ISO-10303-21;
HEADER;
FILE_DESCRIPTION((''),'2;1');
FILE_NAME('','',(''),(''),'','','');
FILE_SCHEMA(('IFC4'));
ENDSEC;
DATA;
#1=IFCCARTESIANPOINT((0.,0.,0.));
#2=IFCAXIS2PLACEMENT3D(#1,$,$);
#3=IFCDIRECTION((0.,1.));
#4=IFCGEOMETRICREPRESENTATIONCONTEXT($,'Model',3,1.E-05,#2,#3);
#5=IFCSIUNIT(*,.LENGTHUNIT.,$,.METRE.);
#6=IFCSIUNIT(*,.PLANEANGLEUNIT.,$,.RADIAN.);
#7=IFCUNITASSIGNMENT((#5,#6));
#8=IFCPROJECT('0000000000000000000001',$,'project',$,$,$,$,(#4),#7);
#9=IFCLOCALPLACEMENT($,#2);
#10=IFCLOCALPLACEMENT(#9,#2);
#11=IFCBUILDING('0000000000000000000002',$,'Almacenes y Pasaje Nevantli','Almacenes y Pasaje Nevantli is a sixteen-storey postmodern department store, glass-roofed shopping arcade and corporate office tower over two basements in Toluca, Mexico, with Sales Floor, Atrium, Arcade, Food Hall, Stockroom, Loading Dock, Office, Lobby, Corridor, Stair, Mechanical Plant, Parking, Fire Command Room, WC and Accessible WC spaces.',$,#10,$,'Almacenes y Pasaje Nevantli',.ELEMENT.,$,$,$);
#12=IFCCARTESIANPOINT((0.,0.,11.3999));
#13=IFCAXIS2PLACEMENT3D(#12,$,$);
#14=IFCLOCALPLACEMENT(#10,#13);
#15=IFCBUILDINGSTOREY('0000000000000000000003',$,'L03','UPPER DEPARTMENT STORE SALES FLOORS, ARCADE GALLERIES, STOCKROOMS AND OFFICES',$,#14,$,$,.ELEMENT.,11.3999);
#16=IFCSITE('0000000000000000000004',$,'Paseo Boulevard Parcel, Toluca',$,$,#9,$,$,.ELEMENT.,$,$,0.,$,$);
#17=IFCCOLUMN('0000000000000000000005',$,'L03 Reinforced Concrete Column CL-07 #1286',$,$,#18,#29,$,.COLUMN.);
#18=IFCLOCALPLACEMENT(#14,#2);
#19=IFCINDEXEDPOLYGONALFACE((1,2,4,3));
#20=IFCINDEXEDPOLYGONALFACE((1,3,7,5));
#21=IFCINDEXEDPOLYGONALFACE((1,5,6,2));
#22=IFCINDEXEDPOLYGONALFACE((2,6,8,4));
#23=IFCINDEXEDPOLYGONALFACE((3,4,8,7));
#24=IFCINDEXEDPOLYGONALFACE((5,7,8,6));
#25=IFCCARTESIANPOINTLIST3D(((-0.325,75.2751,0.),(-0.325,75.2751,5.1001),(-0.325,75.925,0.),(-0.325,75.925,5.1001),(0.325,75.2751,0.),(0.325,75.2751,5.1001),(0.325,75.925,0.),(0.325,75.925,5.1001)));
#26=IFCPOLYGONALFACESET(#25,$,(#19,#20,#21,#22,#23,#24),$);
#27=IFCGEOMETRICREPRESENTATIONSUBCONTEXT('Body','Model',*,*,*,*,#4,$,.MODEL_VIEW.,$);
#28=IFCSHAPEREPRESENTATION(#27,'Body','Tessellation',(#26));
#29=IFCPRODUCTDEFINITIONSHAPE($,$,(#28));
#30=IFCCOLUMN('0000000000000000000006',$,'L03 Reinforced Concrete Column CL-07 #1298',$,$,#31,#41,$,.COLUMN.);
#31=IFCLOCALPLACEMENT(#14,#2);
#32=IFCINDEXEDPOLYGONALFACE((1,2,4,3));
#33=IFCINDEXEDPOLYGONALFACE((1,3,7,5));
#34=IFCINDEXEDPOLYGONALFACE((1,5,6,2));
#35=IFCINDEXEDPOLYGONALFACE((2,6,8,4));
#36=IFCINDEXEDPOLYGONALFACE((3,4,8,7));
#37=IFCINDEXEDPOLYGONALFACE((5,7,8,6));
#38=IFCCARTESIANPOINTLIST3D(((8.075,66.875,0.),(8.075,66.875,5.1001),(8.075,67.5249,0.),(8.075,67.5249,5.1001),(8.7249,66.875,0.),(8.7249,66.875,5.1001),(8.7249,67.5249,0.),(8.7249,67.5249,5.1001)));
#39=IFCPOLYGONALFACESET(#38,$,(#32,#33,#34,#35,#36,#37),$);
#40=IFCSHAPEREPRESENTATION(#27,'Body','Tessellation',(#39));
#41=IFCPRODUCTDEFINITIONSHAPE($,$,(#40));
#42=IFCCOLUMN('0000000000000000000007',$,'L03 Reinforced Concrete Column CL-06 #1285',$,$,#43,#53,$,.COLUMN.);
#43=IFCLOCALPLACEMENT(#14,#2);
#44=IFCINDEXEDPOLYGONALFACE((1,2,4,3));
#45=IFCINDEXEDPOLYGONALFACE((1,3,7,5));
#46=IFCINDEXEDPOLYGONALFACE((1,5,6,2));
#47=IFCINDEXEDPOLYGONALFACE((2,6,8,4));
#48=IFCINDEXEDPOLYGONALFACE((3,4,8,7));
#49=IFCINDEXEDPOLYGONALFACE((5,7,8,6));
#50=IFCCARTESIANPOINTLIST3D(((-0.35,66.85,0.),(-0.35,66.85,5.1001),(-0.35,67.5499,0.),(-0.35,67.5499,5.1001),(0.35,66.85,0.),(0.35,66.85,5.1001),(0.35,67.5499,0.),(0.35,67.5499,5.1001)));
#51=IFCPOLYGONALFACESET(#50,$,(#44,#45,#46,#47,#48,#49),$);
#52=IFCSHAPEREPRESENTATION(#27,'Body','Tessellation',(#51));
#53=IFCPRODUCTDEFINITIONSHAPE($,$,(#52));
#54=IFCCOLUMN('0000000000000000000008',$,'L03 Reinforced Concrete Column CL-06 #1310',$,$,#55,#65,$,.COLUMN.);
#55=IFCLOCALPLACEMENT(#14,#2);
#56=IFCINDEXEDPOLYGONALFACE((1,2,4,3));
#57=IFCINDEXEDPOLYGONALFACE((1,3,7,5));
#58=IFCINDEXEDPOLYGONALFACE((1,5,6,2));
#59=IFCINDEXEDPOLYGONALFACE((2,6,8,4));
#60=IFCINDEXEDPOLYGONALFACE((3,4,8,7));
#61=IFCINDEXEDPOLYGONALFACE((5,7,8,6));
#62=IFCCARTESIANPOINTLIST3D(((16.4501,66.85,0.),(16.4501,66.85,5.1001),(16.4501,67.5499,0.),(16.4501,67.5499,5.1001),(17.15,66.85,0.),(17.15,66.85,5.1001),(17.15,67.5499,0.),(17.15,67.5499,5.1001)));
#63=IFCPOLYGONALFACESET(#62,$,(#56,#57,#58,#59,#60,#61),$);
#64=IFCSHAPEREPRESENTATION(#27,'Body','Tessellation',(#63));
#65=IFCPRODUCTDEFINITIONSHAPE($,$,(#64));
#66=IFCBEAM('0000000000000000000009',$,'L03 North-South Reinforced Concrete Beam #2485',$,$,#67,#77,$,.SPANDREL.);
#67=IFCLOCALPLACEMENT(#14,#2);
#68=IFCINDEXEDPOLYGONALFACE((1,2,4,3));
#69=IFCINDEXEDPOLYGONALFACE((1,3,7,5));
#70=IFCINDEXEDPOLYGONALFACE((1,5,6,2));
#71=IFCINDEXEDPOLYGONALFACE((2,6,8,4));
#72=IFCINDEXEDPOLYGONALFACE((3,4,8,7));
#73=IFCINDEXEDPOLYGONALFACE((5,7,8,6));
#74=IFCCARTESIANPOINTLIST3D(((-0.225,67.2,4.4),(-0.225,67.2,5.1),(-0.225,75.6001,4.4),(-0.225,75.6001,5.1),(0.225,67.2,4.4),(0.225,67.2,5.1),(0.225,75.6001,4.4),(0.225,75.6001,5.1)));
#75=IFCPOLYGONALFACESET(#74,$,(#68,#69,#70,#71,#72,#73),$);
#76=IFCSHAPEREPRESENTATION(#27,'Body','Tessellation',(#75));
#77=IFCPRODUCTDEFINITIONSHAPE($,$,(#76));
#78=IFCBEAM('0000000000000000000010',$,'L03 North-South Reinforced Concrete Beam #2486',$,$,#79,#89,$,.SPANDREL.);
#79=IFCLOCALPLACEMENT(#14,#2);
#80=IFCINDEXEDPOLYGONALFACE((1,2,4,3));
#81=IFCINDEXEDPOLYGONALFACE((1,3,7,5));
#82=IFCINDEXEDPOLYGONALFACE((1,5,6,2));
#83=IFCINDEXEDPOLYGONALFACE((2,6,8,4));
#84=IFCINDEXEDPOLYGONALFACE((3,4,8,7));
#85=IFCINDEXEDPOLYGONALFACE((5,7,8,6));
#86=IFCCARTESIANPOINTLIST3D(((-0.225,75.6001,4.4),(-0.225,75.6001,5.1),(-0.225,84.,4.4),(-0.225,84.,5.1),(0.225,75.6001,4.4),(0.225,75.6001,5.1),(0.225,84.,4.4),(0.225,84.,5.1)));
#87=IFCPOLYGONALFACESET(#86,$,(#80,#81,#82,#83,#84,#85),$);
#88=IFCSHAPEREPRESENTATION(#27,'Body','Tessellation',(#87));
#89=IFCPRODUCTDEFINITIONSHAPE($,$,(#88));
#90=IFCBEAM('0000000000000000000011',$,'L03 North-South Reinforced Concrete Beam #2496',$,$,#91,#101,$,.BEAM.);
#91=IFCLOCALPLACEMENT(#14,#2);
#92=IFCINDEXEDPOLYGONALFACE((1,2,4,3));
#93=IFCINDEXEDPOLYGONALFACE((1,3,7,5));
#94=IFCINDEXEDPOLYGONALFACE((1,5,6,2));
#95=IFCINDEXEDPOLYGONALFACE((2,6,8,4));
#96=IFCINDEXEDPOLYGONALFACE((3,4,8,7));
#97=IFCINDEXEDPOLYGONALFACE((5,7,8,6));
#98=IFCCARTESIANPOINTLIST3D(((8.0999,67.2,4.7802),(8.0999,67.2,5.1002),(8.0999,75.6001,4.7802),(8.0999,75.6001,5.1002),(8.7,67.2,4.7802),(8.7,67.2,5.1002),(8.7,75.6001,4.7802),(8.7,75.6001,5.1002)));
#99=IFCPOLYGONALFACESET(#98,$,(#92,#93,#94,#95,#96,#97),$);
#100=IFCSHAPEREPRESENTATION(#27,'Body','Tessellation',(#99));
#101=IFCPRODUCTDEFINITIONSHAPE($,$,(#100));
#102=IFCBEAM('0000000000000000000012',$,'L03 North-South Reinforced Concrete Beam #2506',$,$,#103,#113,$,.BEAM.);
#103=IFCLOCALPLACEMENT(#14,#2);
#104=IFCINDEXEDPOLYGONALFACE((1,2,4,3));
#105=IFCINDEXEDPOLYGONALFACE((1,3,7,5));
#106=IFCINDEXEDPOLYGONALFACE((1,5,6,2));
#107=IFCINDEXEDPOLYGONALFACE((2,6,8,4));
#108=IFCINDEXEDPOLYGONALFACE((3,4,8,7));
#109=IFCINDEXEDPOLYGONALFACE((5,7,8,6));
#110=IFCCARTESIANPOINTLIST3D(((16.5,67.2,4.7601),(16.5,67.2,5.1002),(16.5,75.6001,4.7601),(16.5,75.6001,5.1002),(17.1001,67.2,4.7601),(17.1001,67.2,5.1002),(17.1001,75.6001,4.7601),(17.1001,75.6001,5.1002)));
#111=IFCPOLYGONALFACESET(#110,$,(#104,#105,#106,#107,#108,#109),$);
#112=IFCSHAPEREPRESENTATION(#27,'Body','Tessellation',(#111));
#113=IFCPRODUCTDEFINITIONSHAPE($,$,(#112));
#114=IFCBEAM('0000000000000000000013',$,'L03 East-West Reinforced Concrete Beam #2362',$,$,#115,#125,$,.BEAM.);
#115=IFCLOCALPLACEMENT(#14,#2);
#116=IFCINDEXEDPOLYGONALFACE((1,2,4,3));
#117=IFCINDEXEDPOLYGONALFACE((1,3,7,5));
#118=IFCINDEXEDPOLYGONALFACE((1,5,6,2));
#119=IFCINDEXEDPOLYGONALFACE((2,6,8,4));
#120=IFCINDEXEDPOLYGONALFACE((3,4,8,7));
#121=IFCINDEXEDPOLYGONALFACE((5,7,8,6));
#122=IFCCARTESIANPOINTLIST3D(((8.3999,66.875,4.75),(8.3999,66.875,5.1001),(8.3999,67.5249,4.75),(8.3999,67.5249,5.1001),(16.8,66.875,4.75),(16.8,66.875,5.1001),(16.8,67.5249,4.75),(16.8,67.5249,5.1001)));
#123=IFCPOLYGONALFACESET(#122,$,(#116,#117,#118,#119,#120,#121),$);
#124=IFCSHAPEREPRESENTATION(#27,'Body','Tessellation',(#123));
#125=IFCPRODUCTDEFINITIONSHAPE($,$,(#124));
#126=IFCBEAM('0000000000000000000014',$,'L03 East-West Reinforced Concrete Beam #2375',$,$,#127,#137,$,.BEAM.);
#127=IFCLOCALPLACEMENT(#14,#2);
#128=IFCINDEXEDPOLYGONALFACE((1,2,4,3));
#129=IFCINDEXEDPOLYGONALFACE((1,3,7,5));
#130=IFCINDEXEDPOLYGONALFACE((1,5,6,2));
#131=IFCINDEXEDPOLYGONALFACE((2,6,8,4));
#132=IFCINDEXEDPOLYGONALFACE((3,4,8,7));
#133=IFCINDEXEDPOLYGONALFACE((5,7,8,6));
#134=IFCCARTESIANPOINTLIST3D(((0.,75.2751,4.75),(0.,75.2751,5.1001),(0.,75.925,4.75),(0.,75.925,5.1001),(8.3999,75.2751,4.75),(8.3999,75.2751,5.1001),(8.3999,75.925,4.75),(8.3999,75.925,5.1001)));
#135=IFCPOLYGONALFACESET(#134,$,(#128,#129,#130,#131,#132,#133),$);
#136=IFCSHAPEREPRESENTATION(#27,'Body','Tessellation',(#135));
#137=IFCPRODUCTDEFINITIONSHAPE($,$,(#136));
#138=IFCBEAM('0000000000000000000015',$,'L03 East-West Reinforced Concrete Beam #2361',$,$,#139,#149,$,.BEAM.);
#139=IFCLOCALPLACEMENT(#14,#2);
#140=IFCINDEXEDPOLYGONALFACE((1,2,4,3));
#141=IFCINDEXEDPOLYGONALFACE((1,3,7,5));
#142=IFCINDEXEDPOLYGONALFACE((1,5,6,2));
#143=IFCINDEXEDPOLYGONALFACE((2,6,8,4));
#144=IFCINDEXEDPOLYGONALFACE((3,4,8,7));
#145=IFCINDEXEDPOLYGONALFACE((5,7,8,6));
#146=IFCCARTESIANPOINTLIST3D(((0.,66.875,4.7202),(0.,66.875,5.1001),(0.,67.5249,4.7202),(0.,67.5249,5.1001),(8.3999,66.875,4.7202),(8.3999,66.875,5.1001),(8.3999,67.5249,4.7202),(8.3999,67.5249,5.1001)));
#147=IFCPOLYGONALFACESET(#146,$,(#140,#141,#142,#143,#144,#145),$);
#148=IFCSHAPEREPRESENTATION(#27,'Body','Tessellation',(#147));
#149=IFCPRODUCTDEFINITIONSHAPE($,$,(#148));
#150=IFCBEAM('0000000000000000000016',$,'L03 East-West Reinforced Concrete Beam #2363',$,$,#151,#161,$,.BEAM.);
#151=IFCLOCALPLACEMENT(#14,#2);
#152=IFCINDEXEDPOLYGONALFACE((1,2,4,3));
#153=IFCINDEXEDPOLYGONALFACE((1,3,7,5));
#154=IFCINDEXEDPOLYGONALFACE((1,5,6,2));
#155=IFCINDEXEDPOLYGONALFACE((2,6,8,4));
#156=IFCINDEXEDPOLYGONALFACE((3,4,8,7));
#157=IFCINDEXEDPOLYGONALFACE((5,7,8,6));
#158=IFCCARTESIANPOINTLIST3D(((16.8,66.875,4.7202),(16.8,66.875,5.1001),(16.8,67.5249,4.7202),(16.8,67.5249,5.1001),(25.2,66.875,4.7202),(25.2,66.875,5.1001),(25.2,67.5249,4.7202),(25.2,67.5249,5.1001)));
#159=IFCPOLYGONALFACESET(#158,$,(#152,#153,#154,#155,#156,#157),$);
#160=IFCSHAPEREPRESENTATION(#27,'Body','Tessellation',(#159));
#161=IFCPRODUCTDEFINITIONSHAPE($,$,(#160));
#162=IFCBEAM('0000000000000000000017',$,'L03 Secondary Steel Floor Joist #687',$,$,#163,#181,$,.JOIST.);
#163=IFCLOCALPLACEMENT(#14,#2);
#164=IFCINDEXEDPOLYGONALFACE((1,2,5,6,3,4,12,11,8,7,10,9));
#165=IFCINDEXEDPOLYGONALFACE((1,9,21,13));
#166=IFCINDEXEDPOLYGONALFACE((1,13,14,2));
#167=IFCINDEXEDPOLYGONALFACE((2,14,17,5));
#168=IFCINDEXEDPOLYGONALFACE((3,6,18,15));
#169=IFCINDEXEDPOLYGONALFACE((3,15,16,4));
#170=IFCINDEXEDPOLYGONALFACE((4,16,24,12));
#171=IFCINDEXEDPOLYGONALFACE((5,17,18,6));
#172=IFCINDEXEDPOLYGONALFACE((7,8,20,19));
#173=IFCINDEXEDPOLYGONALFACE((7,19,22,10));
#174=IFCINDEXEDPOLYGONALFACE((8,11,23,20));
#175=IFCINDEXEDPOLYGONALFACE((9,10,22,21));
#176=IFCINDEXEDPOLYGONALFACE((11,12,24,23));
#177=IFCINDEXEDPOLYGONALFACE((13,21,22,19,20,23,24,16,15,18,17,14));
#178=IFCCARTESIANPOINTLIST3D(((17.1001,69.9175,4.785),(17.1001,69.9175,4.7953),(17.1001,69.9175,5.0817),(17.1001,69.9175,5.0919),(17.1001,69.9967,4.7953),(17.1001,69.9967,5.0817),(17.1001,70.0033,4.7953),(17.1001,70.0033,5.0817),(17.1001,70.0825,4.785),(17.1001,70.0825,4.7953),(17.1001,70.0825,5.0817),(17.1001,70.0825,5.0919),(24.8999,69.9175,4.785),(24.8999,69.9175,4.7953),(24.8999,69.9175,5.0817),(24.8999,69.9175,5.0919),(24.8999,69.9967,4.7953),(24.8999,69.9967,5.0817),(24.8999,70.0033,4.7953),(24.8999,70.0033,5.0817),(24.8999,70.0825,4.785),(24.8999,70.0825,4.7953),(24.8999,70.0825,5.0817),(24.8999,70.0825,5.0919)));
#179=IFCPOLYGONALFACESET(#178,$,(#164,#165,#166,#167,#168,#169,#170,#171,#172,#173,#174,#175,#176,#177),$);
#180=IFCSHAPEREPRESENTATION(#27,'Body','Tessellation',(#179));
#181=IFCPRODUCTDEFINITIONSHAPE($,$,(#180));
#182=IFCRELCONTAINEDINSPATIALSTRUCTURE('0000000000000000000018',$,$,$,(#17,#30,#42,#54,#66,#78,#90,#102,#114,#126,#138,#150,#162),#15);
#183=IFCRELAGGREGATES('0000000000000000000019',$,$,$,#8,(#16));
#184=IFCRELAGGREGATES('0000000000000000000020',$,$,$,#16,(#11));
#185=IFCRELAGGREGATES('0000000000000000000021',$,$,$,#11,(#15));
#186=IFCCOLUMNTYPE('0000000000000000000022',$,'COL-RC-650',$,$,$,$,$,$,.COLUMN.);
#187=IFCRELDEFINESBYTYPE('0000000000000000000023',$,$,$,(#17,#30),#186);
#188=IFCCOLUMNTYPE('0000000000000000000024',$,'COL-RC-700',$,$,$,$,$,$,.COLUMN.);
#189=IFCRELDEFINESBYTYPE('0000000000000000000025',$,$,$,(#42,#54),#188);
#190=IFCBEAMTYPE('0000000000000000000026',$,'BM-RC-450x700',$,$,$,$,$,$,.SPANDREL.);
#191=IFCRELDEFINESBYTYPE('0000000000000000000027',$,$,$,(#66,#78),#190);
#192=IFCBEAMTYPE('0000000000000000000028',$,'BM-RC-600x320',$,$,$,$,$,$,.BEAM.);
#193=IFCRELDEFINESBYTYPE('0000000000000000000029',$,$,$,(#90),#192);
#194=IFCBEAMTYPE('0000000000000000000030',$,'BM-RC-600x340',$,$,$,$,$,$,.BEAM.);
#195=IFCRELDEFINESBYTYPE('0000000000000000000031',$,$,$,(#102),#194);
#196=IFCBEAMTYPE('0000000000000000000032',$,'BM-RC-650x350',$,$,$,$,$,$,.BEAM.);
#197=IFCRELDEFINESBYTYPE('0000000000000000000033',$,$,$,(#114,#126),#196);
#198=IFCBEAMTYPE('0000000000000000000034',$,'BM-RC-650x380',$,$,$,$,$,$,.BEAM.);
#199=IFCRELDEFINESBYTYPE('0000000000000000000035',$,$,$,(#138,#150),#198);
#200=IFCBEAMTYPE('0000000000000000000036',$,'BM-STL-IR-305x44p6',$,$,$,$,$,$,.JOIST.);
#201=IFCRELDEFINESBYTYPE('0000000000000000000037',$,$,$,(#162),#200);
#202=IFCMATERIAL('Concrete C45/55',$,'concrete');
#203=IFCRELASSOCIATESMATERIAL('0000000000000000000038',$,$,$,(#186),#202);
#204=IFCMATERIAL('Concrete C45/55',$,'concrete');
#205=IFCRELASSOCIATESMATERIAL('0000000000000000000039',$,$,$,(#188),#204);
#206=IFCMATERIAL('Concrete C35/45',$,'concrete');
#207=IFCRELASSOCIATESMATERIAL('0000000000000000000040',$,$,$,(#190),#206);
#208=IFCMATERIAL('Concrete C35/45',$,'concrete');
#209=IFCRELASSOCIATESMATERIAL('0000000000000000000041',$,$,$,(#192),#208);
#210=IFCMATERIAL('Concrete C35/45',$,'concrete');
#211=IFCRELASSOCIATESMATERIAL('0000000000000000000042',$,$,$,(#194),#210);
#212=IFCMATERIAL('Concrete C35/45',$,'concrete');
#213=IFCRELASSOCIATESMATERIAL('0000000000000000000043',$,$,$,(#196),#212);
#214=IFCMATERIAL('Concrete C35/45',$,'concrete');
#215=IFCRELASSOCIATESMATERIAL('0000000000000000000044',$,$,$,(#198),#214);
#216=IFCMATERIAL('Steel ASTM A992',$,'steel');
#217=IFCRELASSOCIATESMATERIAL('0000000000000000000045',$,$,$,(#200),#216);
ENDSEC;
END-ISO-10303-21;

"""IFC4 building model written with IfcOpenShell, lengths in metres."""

from ifc_helpers import new_model, si_unit, direction, frame, origin, origin_2d, place, context, subcontext, project, spatial, rectangle, i_section, extrude, material, material_profile, profile_set, type_object, element, save


model = new_model("IFC4")

# Units and contexts
model_context = context("Model", 3, precision=1e-05, world=origin(), true_north=direction((0.0, 1.0)))
body_context = subcontext(model_context, "Body", "Model", "MODEL_VIEW")
ifc_project = project(units=[si_unit("LENGTHUNIT", "METRE"), si_unit("PLANEANGLEUNIT", "RADIAN")], contexts=[model_context])

# Site, building, storey
site_placement = place(None, origin())
site = spatial("IfcSite", under=ifc_project, at=site_placement, Name="Paseo Boulevard Parcel, Toluca", CompositionType="ELEMENT", RefElevation=0.0)
building_placement = place(site_placement, origin())
building = spatial("IfcBuilding", under=site, at=building_placement, Name="Almacenes y Pasaje Nevantli", Description="Almacenes y Pasaje Nevantli is a sixteen-storey postmodern department store, glass-roofed shopping arcade and corporate office tower over two basements in Toluca, Mexico, with Sales Floor, Atrium, Arcade, Food Hall, Stockroom, Loading Dock, Office, Lobby, Corridor, Stair, Mechanical Plant, Parking, Fire Command Room, WC and Accessible WC spaces.", LongName="Almacenes y Pasaje Nevantli", CompositionType="ELEMENT")
storey_placement = place(building_placement, frame((0.0, 0.0, 11.3999)))
storey = spatial("IfcBuildingStorey", under=building, at=storey_placement, Name="L03", Description="UPPER DEPARTMENT STORE SALES FLOORS, ARCADE GALLERIES, STOCKROOMS AND OFFICES", CompositionType="ELEMENT", Elevation=11.3999)

# Columns
ifc_material_1 = material(Name="Concrete C45/55", Category="concrete")
ifc_material_profile_1 = material_profile(ifc_material_1, rectangle(XDim=0.6499, YDim=0.6499, at=origin_2d()), Name="RC-COL-650x650")
ifc_profile_set_1 = profile_set([ifc_material_profile_1], Name="Concrete C45/55")
column_type_1 = type_object("IfcColumnType", Name="COL-RC-650", PredefinedType="COLUMN", material=ifc_profile_set_1)
for number, where, z_axis, x_axis, name in (
    (1, (0.0, 75.6001, 0.0), (0.0, 0.0, 1.0), (1.0, 0.0, 0.0), "L03 Reinforced Concrete Column CL-07 #1286"),
    (2, (8.3999, 67.2, 0.0), (0.0, 0.0, 1.0), (1.0, 0.0, 0.0), "L03 Reinforced Concrete Column CL-07 #1298"),
):
    element("IfcColumn", number, at=place(storey_placement, frame(where, z_axis=z_axis, x_axis=x_axis)), inside=storey, type_object=column_type_1, Name=name, PredefinedType="COLUMN", context=body_context, shape_type="SweptSolid", body=[
        extrude(rectangle(XDim=0.6499, YDim=0.6499, at=origin_2d()), origin(), (0.0, 0.0, 1.0), 5.1001),
    ])
ifc_material_2 = material(Name="Concrete C45/55", Category="concrete")
ifc_material_profile_2 = material_profile(ifc_material_2, rectangle(XDim=0.7, YDim=0.7, at=origin_2d()), Name="RC-COL-700x700")
ifc_profile_set_2 = profile_set([ifc_material_profile_2], Name="Concrete C45/55")
column_type_2 = type_object("IfcColumnType", Name="COL-RC-700", PredefinedType="COLUMN", material=ifc_profile_set_2)
for number, where, z_axis, x_axis, name in (
    (3, (0.0, 67.2, 0.0), (0.0, 0.0, 1.0), (1.0, 0.0, 0.0), "L03 Reinforced Concrete Column CL-06 #1285"),
    (4, (16.8, 67.2, 0.0), (0.0, 0.0, 1.0), (1.0, 0.0, 0.0), "L03 Reinforced Concrete Column CL-06 #1310"),
):
    element("IfcColumn", number, at=place(storey_placement, frame(where, z_axis=z_axis, x_axis=x_axis)), inside=storey, type_object=column_type_2, Name=name, PredefinedType="COLUMN", context=body_context, shape_type="SweptSolid", body=[
        extrude(rectangle(XDim=0.7, YDim=0.7, at=origin_2d()), origin(), (0.0, 0.0, 1.0), 5.1001),
    ])

# Beams
ifc_material_3 = material(Name="Concrete C35/45", Category="concrete")
ifc_material_profile_3 = material_profile(ifc_material_3, rectangle(XDim=0.45, YDim=0.7, at=origin_2d()), Name="RC-BM-450x700")
ifc_profile_set_3 = profile_set([ifc_material_profile_3], Name="Concrete C35/45")
beam_type_1 = type_object("IfcBeamType", Name="BM-RC-450x700", PredefinedType="SPANDREL", material=ifc_profile_set_3)
beam_1_placement = place(storey_placement, frame((0.0, 67.2, 4.75), z_axis=(0.0, 1.0, 0.0), x_axis=(-1.0, 0.0, 0.0)))
element("IfcBeam", 5, at=beam_1_placement, inside=storey, type_object=beam_type_1, Name="L03 North-South Reinforced Concrete Beam #2485", PredefinedType="SPANDREL", context=body_context, shape_type="SweptSolid", body=[
    extrude(rectangle(XDim=0.45, YDim=0.7, at=origin_2d()), origin(), (0.0, 0.0, 1.0), 8.4001),
])
beam_2_placement = place(storey_placement, frame((0.0, 75.6001, 4.75), z_axis=(0.0, 1.0, 0.0), x_axis=(-1.0, 0.0, 0.0)))
element("IfcBeam", 6, at=beam_2_placement, inside=storey, type_object=beam_type_1, Name="L03 North-South Reinforced Concrete Beam #2486", PredefinedType="SPANDREL", context=body_context, shape_type="SweptSolid", body=[
    extrude(rectangle(XDim=0.45, YDim=0.7, at=origin_2d()), origin(), (0.0, 0.0, 1.0), 8.3999),
])
ifc_material_4 = material(Name="Concrete C35/45", Category="concrete")
ifc_material_profile_4 = material_profile(ifc_material_4, rectangle(XDim=0.6001, YDim=0.3201, at=origin_2d()), Name="RC-BM-600x320")
ifc_profile_set_4 = profile_set([ifc_material_profile_4], Name="Concrete C35/45")
beam_type_2 = type_object("IfcBeamType", Name="BM-RC-600x320", PredefinedType="BEAM", material=ifc_profile_set_4)
beam_3_placement = place(storey_placement, frame((8.3999, 67.2, 4.9402), z_axis=(0.0, 1.0, 0.0), x_axis=(-1.0, 0.0, 0.0)))
element("IfcBeam", 7, at=beam_3_placement, inside=storey, type_object=beam_type_2, Name="L03 North-South Reinforced Concrete Beam #2496", PredefinedType="BEAM", context=body_context, shape_type="SweptSolid", body=[
    extrude(rectangle(XDim=0.6001, YDim=0.3201, at=origin_2d()), origin(), (0.0, 0.0, 1.0), 8.4001),
])
ifc_material_5 = material(Name="Concrete C35/45", Category="concrete")
ifc_material_profile_5 = material_profile(ifc_material_5, rectangle(XDim=0.6001, YDim=0.3401, at=origin_2d()), Name="RC-BM-600x340")
ifc_profile_set_5 = profile_set([ifc_material_profile_5], Name="Concrete C35/45")
beam_type_3 = type_object("IfcBeamType", Name="BM-RC-600x340", PredefinedType="BEAM", material=ifc_profile_set_5)
beam_4_placement = place(storey_placement, frame((16.8, 67.2, 4.9302), z_axis=(0.0, 1.0, 0.0), x_axis=(-1.0, 0.0, 0.0)))
element("IfcBeam", 8, at=beam_4_placement, inside=storey, type_object=beam_type_3, Name="L03 North-South Reinforced Concrete Beam #2506", PredefinedType="BEAM", context=body_context, shape_type="SweptSolid", body=[
    extrude(rectangle(XDim=0.6001, YDim=0.3401, at=origin_2d()), origin(), (0.0, 0.0, 1.0), 8.4001),
])
ifc_material_6 = material(Name="Concrete C35/45", Category="concrete")
ifc_material_profile_6 = material_profile(ifc_material_6, rectangle(XDim=0.6499, YDim=0.3501, at=origin_2d()), Name="RC-BM-650x350")
ifc_profile_set_6 = profile_set([ifc_material_profile_6], Name="Concrete C35/45")
beam_type_4 = type_object("IfcBeamType", Name="BM-RC-650x350", PredefinedType="BEAM", material=ifc_profile_set_6)
beam_5_placement = place(storey_placement, frame((8.3999, 67.2, 4.925), z_axis=(1.0, 0.0, 0.0), x_axis=(0.0, 1.0, 0.0)))
element("IfcBeam", 9, at=beam_5_placement, inside=storey, type_object=beam_type_4, Name="L03 East-West Reinforced Concrete Beam #2362", PredefinedType="BEAM", context=body_context, shape_type="SweptSolid", body=[
    extrude(rectangle(XDim=0.6499, YDim=0.3501, at=origin_2d()), origin(), (0.0, 0.0, 1.0), 8.4001),
])
beam_6_placement = place(storey_placement, frame((0.0, 75.6001, 4.925), z_axis=(1.0, 0.0, 0.0), x_axis=(0.0, 1.0, 0.0)))
element("IfcBeam", 10, at=beam_6_placement, inside=storey, type_object=beam_type_4, Name="L03 East-West Reinforced Concrete Beam #2375", PredefinedType="BEAM", context=body_context, shape_type="SweptSolid", body=[
    extrude(rectangle(XDim=0.6499, YDim=0.3501, at=origin_2d()), origin(), (0.0, 0.0, 1.0), 8.3999),
])
ifc_material_7 = material(Name="Concrete C35/45", Category="concrete")
ifc_material_profile_7 = material_profile(ifc_material_7, rectangle(XDim=0.6499, YDim=0.3799, at=origin_2d()), Name="RC-BM-650x380")
ifc_profile_set_7 = profile_set([ifc_material_profile_7], Name="Concrete C35/45")
beam_type_5 = type_object("IfcBeamType", Name="BM-RC-650x380", PredefinedType="BEAM", material=ifc_profile_set_7)
for number, where, z_axis, x_axis, name in (
    (11, (0.0, 67.2, 4.9102), (1.0, 0.0, 0.0), (0.0, 1.0, 0.0), "L03 East-West Reinforced Concrete Beam #2361"),
    (12, (16.8, 67.2, 4.9102), (1.0, 0.0, 0.0), (0.0, 1.0, 0.0), "L03 East-West Reinforced Concrete Beam #2363"),
):
    element("IfcBeam", number, at=place(storey_placement, frame(where, z_axis=z_axis, x_axis=x_axis)), inside=storey, type_object=beam_type_5, Name=name, PredefinedType="BEAM", context=body_context, shape_type="SweptSolid", body=[
        extrude(rectangle(XDim=0.6499, YDim=0.3799, at=origin_2d()), origin(), (0.0, 0.0, 1.0), 8.3999),
    ])
ifc_material_8 = material(Name="Steel ASTM A992", Category="steel")
ifc_material_profile_8 = material_profile(ifc_material_8, i_section(OverallWidth=0.165, OverallDepth=0.3069, WebThickness=0.0066, FlangeThickness=0.0103, at=origin_2d()), Name="IR 305x44.6")
ifc_profile_set_8 = profile_set([ifc_material_profile_8], Name="Steel ASTM A992")
beam_type_6 = type_object("IfcBeamType", Name="BM-STL-IR-305x44p6", PredefinedType="JOIST", material=ifc_profile_set_8)
for number, where, z_axis, x_axis, name in (
    (13, (17.1001, 70.0, 4.9385), (1.0, 0.0, 0.0), (0.0, 1.0, 0.0), "L03 Secondary Steel Floor Joist #687"),
):
    element("IfcBeam", number, at=place(storey_placement, frame(where, z_axis=z_axis, x_axis=x_axis)), inside=storey, type_object=beam_type_6, Name=name, PredefinedType="JOIST", context=body_context, shape_type="SweptSolid", body=[
        extrude(i_section(OverallWidth=0.165, OverallDepth=0.3069, WebThickness=0.0066, FlangeThickness=0.0103, at=origin_2d()), origin(), (0.0, 0.0, 1.0), 7.7998),
    ])

save(model, "model.ifc")
